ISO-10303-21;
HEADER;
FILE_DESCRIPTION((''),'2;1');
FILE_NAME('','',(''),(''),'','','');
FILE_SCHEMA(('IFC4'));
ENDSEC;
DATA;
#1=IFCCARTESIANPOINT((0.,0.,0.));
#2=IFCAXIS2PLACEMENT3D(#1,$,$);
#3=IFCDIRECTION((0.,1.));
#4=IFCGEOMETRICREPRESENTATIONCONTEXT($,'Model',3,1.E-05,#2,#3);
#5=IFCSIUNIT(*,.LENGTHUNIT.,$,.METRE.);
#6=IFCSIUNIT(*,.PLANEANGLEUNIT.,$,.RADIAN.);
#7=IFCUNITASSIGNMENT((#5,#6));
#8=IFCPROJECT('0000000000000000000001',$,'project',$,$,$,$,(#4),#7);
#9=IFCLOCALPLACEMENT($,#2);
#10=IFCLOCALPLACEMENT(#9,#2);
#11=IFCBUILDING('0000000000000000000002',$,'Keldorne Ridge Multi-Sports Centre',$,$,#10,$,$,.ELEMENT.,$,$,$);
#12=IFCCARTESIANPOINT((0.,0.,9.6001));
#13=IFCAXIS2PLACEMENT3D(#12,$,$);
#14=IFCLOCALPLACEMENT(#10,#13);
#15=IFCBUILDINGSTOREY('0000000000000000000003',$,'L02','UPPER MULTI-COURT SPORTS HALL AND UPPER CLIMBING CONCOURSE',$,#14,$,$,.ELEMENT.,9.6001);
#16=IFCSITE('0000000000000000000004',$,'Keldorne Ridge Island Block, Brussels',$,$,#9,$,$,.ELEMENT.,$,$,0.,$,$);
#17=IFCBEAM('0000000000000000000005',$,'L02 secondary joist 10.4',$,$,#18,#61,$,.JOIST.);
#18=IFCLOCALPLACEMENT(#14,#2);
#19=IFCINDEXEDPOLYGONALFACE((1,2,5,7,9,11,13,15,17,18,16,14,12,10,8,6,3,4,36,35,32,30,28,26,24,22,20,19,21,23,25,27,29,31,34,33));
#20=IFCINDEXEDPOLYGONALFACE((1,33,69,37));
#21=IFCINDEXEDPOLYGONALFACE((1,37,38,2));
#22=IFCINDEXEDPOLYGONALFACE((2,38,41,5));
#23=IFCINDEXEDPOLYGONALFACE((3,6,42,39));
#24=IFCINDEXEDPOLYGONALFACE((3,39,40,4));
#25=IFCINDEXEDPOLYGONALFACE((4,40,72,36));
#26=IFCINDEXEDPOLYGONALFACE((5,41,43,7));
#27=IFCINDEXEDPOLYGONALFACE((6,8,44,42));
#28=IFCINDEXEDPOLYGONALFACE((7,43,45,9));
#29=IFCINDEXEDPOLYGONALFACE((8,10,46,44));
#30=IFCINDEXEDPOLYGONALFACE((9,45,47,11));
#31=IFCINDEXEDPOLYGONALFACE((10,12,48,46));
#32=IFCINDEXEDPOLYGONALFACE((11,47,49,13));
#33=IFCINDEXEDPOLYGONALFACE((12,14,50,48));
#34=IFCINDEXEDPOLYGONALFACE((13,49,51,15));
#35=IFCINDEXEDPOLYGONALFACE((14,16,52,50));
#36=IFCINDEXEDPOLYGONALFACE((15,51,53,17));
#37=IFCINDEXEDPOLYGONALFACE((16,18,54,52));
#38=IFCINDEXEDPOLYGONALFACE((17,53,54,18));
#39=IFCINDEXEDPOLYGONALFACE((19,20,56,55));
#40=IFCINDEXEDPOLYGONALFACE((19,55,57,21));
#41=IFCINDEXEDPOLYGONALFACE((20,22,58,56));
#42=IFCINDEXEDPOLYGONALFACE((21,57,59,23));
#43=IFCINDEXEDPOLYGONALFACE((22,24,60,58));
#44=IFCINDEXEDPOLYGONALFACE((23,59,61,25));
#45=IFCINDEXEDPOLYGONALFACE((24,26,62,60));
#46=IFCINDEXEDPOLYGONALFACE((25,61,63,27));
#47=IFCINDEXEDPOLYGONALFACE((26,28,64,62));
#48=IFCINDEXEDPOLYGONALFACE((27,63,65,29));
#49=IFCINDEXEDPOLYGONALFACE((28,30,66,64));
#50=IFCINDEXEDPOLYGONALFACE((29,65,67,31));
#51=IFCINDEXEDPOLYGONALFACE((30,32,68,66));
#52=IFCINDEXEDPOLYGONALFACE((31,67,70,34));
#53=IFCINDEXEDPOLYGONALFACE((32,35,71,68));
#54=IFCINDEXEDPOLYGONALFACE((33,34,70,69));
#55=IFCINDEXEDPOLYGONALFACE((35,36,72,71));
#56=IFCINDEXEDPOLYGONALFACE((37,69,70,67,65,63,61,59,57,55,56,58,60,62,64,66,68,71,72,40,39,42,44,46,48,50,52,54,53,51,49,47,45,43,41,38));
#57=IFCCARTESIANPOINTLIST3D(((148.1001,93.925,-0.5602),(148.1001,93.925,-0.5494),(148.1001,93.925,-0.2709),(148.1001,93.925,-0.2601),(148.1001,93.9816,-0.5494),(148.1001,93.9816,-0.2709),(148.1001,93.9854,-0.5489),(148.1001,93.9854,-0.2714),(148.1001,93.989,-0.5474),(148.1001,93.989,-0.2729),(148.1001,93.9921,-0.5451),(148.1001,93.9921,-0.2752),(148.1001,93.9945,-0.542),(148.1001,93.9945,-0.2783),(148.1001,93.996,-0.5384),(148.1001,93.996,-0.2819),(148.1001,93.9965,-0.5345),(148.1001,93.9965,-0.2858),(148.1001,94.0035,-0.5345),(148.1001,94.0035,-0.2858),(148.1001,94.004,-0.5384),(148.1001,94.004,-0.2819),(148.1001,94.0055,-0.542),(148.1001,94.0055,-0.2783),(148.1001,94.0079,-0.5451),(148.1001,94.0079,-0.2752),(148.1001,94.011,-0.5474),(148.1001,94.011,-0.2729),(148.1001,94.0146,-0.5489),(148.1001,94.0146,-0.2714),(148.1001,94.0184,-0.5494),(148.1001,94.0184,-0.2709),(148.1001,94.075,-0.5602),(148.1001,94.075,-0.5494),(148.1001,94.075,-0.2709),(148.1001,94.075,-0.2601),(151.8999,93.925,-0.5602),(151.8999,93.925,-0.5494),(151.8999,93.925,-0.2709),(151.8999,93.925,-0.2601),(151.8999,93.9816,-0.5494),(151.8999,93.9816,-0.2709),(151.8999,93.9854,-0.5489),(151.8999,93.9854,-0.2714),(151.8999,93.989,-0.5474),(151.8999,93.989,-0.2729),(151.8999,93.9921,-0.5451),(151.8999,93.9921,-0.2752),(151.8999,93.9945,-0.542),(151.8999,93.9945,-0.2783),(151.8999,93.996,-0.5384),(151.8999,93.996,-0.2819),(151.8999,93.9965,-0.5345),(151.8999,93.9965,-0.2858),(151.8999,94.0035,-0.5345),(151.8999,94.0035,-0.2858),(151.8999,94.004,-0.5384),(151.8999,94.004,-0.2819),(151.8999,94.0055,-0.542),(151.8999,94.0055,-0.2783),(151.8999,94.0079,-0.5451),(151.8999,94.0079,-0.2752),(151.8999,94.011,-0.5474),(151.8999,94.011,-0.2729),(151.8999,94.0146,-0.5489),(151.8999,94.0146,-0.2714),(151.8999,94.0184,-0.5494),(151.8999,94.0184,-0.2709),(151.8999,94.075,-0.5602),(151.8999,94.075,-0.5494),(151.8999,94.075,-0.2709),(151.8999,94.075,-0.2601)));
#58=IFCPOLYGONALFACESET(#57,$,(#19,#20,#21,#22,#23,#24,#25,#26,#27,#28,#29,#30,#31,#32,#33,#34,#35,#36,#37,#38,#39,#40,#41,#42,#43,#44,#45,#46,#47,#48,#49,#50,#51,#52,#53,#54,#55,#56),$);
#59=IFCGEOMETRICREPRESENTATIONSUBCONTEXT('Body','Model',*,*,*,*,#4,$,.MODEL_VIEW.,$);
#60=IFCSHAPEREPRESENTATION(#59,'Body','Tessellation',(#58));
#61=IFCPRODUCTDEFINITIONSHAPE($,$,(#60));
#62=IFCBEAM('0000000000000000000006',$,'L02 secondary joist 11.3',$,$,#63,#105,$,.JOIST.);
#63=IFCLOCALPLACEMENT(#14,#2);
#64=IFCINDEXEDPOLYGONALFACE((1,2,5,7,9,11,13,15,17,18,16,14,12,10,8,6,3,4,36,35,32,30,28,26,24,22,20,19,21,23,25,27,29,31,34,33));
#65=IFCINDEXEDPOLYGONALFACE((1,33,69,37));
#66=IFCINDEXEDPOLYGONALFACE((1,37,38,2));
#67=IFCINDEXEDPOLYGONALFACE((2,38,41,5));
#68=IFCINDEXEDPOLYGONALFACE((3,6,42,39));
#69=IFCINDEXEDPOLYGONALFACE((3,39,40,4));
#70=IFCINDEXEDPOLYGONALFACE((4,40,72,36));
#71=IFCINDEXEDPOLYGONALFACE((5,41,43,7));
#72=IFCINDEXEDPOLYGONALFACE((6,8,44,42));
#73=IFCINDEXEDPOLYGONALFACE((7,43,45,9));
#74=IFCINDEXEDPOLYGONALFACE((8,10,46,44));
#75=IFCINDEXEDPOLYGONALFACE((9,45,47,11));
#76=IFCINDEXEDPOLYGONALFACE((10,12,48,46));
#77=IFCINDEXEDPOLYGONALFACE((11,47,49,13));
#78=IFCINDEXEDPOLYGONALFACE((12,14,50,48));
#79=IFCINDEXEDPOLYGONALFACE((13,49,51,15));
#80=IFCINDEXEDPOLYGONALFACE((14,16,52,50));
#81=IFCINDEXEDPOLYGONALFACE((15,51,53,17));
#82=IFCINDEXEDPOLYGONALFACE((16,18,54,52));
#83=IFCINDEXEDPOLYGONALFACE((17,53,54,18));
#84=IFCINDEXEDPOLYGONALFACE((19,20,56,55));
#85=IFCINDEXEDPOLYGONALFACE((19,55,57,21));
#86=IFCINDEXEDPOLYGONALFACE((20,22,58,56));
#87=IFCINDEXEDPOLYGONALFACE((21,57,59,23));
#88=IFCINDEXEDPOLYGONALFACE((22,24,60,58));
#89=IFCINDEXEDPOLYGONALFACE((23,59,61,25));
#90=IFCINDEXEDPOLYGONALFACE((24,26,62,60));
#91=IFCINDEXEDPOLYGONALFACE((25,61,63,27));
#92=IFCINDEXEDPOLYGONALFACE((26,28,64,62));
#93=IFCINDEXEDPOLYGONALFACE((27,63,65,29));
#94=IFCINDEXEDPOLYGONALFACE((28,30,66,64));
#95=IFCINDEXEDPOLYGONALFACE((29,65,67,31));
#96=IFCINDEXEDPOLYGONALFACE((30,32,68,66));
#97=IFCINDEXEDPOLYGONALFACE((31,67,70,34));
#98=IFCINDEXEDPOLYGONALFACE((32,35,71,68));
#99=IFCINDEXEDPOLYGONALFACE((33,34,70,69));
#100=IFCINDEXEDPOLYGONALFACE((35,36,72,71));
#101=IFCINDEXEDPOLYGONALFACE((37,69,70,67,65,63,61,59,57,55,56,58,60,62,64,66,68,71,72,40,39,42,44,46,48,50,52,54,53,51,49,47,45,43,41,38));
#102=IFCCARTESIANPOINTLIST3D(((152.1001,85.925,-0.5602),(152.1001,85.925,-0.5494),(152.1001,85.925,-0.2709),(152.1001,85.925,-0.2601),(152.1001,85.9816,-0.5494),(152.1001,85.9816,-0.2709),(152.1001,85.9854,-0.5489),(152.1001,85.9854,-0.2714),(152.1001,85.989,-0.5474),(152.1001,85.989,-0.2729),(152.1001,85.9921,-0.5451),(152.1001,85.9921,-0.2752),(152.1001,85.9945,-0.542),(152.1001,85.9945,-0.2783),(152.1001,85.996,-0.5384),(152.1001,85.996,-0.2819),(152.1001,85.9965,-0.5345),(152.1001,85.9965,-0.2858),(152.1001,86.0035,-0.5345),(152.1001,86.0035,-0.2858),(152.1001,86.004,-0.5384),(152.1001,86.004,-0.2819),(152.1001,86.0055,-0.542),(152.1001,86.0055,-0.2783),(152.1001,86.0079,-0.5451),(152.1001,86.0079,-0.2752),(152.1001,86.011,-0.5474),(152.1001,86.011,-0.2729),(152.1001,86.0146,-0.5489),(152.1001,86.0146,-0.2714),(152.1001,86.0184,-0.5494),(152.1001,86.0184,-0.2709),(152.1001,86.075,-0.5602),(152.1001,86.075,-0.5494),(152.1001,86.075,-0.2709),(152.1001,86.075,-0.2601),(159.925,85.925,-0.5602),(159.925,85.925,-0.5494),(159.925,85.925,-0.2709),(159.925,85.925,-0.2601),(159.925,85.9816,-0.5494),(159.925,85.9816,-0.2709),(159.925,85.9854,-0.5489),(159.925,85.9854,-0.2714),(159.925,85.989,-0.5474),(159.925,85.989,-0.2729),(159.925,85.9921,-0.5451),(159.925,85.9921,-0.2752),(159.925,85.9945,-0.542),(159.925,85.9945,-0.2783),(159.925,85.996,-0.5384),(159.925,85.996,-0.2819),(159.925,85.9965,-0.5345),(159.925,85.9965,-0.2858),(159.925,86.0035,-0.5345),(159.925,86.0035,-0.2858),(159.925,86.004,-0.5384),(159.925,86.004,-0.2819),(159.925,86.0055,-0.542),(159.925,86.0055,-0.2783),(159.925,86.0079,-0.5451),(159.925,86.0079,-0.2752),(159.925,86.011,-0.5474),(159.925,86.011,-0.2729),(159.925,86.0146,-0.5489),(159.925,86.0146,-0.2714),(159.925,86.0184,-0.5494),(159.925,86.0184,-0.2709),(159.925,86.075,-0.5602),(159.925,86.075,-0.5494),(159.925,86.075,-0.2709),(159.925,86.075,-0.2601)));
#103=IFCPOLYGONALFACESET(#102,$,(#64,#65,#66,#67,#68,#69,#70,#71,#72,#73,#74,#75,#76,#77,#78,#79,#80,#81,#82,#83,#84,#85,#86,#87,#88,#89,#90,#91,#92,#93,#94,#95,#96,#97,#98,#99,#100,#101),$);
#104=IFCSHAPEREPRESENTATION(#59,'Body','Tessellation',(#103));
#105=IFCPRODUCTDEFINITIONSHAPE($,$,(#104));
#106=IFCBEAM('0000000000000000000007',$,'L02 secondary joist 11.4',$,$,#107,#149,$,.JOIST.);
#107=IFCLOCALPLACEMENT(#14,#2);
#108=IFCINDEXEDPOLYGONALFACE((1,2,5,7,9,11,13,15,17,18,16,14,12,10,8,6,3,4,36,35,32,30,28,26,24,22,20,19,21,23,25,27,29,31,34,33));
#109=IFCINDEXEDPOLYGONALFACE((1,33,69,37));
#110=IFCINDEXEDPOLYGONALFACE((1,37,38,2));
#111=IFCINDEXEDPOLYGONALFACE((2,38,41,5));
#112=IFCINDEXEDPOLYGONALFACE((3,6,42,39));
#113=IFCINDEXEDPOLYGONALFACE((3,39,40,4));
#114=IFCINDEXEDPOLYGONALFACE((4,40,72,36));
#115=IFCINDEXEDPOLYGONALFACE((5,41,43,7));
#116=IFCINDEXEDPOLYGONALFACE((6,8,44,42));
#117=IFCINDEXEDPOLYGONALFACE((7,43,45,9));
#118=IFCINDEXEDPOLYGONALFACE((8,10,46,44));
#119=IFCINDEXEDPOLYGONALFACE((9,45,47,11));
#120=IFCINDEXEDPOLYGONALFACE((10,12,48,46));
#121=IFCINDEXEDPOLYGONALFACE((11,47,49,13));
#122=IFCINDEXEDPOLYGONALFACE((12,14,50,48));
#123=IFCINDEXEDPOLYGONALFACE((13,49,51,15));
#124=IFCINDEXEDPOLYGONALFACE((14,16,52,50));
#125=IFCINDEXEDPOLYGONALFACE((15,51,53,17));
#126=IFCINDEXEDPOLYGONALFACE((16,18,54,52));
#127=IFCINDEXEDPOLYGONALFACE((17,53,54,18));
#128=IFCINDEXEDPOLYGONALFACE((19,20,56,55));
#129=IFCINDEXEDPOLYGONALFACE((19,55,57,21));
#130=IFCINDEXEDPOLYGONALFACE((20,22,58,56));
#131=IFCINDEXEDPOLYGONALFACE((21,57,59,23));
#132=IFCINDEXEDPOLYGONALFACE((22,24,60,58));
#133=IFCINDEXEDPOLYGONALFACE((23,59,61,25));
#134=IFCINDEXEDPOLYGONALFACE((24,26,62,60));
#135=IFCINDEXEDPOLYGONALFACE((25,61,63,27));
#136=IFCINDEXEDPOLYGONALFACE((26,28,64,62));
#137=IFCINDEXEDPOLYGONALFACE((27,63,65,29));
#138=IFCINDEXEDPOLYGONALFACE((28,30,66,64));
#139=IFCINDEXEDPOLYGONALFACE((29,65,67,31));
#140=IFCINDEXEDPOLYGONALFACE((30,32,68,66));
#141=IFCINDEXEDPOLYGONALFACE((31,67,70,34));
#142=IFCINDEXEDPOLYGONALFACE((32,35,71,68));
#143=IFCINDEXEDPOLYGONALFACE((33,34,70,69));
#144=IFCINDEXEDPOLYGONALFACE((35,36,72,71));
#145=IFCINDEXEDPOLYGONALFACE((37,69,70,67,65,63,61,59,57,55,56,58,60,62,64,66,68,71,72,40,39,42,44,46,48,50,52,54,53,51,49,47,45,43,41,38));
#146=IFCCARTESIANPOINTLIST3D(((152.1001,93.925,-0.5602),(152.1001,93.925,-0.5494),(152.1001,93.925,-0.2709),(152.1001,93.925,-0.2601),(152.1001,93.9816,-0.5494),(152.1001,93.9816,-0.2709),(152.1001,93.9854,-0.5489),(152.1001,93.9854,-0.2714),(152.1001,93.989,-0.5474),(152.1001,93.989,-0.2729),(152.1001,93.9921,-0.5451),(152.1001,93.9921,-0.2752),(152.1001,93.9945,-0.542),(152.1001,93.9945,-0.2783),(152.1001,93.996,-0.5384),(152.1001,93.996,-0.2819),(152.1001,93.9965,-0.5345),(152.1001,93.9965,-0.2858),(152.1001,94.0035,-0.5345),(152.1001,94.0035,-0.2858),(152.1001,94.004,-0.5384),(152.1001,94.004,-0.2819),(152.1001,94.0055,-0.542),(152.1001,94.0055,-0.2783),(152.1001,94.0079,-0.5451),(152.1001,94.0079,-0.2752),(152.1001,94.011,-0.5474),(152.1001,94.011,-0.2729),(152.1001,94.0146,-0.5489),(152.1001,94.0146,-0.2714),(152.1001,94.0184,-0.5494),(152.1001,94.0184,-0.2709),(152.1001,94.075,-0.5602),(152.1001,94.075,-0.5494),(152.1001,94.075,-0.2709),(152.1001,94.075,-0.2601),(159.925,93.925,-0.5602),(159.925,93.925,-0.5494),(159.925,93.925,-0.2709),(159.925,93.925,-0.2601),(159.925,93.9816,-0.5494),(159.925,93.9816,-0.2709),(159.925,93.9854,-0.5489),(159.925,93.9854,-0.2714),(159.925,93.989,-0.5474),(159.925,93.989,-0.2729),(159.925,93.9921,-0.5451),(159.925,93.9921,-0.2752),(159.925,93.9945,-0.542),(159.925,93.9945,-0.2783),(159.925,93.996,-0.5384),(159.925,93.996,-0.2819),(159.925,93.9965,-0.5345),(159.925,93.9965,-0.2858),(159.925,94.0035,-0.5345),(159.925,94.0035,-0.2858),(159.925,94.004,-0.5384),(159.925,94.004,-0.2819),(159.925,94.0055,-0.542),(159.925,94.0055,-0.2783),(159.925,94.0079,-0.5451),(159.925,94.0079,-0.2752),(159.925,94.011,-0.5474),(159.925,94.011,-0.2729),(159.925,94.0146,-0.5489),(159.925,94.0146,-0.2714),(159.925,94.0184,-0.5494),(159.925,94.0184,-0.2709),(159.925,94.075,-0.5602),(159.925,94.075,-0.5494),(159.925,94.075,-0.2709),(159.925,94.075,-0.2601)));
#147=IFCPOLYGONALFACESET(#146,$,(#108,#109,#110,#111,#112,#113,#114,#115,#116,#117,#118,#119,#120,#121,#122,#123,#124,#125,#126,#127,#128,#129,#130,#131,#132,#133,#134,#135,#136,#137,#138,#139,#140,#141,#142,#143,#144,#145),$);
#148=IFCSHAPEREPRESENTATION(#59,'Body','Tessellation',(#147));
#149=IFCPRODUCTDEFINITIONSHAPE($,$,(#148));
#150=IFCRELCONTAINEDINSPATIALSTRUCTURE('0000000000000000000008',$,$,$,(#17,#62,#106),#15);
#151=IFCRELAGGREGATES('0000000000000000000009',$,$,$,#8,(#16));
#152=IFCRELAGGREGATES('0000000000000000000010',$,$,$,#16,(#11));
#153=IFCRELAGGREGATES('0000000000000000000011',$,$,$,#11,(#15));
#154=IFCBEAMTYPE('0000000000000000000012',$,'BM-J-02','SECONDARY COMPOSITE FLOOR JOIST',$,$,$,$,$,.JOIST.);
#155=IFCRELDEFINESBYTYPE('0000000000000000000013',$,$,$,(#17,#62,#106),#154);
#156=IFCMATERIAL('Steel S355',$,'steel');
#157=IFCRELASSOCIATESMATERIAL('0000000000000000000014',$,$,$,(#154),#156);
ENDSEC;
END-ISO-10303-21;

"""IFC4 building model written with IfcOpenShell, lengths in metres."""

from ifc_helpers import new_model, si_unit, direction, frame, origin, origin_2d, place, context, subcontext, project, spatial, i_section, extrude, material, material_profile, profile_set, type_object, element, save


model = new_model("IFC4")

# Units and contexts
model_context = context("Model", 3, precision=1e-05, world=origin(), true_north=direction((0.0, 1.0)))
body_context = subcontext(model_context, "Body", "Model", "MODEL_VIEW")
ifc_project = project(units=[si_unit("LENGTHUNIT", "METRE"), si_unit("PLANEANGLEUNIT", "RADIAN")], contexts=[model_context])

# Site, building, storey
site_placement = place(None, origin())
site = spatial("IfcSite", under=ifc_project, at=site_placement, Name="Keldorne Ridge Island Block, Brussels", CompositionType="ELEMENT", RefElevation=0.0)
building_placement = place(site_placement, origin())
building = spatial("IfcBuilding", under=site, at=building_placement, Name="Keldorne Ridge Multi-Sports Centre", CompositionType="ELEMENT")
storey_placement = place(building_placement, frame((0.0, 0.0, 9.6001)))
storey = spatial("IfcBuildingStorey", under=building, at=storey_placement, Name="L02", Description="UPPER MULTI-COURT SPORTS HALL AND UPPER CLIMBING CONCOURSE", CompositionType="ELEMENT", Elevation=9.6001)

# Shared definitions
ifc_material_1 = material(Name="Steel S355", Category="steel")

# Beams
ifc_material_profile_1 = material_profile(ifc_material_1, i_section(OverallWidth=0.1499, OverallDepth=0.3, WebThickness=0.0071, FlangeThickness=0.0107, FilletRadius=0.0149, at=origin_2d()), Name="IPE 300")
ifc_profile_set_1 = profile_set([ifc_material_profile_1], Name="Steel S355")
beam_type_1 = type_object("IfcBeamType", Name="BM-J-02", Description="SECONDARY COMPOSITE FLOOR JOIST", PredefinedType="JOIST", material=ifc_profile_set_1)
for number, where, z_axis, x_axis, name in (
    (1, (148.1001, 94.0, -0.4102), (1.0, 0.0, 0.0), (0.0, 1.0, 0.0), "L02 secondary joist 10.4"),
):
    element("IfcBeam", number, at=place(storey_placement, frame(where, z_axis=z_axis, x_axis=x_axis)), inside=storey, type_object=beam_type_1, Name=name, PredefinedType="JOIST", context=body_context, shape_type="SweptSolid", body=[
        extrude(i_section(OverallWidth=0.1499, OverallDepth=0.3, WebThickness=0.0071, FlangeThickness=0.0107, FilletRadius=0.0149, at=origin_2d()), origin(), (0.0, 0.0, 1.0), 3.7998),
    ])
for number, where, z_axis, x_axis, name in (
    (2, (152.1001, 86.0, -0.4102), (1.0, 0.0, 0.0), (0.0, 1.0, 0.0), "L02 secondary joist 11.3"),
    (3, (152.1001, 94.0, -0.4102), (1.0, 0.0, 0.0), (0.0, 1.0, 0.0), "L02 secondary joist 11.4"),
):
    element("IfcBeam", number, at=place(storey_placement, frame(where, z_axis=z_axis, x_axis=x_axis)), inside=storey, type_object=beam_type_1, Name=name, PredefinedType="JOIST", context=body_context, shape_type="SweptSolid", body=[
        extrude(i_section(OverallWidth=0.1499, OverallDepth=0.3, WebThickness=0.0071, FlangeThickness=0.0107, FilletRadius=0.0149, at=origin_2d()), origin(), (0.0, 0.0, 1.0), 7.825),
    ])

save(model, "model.ifc")
